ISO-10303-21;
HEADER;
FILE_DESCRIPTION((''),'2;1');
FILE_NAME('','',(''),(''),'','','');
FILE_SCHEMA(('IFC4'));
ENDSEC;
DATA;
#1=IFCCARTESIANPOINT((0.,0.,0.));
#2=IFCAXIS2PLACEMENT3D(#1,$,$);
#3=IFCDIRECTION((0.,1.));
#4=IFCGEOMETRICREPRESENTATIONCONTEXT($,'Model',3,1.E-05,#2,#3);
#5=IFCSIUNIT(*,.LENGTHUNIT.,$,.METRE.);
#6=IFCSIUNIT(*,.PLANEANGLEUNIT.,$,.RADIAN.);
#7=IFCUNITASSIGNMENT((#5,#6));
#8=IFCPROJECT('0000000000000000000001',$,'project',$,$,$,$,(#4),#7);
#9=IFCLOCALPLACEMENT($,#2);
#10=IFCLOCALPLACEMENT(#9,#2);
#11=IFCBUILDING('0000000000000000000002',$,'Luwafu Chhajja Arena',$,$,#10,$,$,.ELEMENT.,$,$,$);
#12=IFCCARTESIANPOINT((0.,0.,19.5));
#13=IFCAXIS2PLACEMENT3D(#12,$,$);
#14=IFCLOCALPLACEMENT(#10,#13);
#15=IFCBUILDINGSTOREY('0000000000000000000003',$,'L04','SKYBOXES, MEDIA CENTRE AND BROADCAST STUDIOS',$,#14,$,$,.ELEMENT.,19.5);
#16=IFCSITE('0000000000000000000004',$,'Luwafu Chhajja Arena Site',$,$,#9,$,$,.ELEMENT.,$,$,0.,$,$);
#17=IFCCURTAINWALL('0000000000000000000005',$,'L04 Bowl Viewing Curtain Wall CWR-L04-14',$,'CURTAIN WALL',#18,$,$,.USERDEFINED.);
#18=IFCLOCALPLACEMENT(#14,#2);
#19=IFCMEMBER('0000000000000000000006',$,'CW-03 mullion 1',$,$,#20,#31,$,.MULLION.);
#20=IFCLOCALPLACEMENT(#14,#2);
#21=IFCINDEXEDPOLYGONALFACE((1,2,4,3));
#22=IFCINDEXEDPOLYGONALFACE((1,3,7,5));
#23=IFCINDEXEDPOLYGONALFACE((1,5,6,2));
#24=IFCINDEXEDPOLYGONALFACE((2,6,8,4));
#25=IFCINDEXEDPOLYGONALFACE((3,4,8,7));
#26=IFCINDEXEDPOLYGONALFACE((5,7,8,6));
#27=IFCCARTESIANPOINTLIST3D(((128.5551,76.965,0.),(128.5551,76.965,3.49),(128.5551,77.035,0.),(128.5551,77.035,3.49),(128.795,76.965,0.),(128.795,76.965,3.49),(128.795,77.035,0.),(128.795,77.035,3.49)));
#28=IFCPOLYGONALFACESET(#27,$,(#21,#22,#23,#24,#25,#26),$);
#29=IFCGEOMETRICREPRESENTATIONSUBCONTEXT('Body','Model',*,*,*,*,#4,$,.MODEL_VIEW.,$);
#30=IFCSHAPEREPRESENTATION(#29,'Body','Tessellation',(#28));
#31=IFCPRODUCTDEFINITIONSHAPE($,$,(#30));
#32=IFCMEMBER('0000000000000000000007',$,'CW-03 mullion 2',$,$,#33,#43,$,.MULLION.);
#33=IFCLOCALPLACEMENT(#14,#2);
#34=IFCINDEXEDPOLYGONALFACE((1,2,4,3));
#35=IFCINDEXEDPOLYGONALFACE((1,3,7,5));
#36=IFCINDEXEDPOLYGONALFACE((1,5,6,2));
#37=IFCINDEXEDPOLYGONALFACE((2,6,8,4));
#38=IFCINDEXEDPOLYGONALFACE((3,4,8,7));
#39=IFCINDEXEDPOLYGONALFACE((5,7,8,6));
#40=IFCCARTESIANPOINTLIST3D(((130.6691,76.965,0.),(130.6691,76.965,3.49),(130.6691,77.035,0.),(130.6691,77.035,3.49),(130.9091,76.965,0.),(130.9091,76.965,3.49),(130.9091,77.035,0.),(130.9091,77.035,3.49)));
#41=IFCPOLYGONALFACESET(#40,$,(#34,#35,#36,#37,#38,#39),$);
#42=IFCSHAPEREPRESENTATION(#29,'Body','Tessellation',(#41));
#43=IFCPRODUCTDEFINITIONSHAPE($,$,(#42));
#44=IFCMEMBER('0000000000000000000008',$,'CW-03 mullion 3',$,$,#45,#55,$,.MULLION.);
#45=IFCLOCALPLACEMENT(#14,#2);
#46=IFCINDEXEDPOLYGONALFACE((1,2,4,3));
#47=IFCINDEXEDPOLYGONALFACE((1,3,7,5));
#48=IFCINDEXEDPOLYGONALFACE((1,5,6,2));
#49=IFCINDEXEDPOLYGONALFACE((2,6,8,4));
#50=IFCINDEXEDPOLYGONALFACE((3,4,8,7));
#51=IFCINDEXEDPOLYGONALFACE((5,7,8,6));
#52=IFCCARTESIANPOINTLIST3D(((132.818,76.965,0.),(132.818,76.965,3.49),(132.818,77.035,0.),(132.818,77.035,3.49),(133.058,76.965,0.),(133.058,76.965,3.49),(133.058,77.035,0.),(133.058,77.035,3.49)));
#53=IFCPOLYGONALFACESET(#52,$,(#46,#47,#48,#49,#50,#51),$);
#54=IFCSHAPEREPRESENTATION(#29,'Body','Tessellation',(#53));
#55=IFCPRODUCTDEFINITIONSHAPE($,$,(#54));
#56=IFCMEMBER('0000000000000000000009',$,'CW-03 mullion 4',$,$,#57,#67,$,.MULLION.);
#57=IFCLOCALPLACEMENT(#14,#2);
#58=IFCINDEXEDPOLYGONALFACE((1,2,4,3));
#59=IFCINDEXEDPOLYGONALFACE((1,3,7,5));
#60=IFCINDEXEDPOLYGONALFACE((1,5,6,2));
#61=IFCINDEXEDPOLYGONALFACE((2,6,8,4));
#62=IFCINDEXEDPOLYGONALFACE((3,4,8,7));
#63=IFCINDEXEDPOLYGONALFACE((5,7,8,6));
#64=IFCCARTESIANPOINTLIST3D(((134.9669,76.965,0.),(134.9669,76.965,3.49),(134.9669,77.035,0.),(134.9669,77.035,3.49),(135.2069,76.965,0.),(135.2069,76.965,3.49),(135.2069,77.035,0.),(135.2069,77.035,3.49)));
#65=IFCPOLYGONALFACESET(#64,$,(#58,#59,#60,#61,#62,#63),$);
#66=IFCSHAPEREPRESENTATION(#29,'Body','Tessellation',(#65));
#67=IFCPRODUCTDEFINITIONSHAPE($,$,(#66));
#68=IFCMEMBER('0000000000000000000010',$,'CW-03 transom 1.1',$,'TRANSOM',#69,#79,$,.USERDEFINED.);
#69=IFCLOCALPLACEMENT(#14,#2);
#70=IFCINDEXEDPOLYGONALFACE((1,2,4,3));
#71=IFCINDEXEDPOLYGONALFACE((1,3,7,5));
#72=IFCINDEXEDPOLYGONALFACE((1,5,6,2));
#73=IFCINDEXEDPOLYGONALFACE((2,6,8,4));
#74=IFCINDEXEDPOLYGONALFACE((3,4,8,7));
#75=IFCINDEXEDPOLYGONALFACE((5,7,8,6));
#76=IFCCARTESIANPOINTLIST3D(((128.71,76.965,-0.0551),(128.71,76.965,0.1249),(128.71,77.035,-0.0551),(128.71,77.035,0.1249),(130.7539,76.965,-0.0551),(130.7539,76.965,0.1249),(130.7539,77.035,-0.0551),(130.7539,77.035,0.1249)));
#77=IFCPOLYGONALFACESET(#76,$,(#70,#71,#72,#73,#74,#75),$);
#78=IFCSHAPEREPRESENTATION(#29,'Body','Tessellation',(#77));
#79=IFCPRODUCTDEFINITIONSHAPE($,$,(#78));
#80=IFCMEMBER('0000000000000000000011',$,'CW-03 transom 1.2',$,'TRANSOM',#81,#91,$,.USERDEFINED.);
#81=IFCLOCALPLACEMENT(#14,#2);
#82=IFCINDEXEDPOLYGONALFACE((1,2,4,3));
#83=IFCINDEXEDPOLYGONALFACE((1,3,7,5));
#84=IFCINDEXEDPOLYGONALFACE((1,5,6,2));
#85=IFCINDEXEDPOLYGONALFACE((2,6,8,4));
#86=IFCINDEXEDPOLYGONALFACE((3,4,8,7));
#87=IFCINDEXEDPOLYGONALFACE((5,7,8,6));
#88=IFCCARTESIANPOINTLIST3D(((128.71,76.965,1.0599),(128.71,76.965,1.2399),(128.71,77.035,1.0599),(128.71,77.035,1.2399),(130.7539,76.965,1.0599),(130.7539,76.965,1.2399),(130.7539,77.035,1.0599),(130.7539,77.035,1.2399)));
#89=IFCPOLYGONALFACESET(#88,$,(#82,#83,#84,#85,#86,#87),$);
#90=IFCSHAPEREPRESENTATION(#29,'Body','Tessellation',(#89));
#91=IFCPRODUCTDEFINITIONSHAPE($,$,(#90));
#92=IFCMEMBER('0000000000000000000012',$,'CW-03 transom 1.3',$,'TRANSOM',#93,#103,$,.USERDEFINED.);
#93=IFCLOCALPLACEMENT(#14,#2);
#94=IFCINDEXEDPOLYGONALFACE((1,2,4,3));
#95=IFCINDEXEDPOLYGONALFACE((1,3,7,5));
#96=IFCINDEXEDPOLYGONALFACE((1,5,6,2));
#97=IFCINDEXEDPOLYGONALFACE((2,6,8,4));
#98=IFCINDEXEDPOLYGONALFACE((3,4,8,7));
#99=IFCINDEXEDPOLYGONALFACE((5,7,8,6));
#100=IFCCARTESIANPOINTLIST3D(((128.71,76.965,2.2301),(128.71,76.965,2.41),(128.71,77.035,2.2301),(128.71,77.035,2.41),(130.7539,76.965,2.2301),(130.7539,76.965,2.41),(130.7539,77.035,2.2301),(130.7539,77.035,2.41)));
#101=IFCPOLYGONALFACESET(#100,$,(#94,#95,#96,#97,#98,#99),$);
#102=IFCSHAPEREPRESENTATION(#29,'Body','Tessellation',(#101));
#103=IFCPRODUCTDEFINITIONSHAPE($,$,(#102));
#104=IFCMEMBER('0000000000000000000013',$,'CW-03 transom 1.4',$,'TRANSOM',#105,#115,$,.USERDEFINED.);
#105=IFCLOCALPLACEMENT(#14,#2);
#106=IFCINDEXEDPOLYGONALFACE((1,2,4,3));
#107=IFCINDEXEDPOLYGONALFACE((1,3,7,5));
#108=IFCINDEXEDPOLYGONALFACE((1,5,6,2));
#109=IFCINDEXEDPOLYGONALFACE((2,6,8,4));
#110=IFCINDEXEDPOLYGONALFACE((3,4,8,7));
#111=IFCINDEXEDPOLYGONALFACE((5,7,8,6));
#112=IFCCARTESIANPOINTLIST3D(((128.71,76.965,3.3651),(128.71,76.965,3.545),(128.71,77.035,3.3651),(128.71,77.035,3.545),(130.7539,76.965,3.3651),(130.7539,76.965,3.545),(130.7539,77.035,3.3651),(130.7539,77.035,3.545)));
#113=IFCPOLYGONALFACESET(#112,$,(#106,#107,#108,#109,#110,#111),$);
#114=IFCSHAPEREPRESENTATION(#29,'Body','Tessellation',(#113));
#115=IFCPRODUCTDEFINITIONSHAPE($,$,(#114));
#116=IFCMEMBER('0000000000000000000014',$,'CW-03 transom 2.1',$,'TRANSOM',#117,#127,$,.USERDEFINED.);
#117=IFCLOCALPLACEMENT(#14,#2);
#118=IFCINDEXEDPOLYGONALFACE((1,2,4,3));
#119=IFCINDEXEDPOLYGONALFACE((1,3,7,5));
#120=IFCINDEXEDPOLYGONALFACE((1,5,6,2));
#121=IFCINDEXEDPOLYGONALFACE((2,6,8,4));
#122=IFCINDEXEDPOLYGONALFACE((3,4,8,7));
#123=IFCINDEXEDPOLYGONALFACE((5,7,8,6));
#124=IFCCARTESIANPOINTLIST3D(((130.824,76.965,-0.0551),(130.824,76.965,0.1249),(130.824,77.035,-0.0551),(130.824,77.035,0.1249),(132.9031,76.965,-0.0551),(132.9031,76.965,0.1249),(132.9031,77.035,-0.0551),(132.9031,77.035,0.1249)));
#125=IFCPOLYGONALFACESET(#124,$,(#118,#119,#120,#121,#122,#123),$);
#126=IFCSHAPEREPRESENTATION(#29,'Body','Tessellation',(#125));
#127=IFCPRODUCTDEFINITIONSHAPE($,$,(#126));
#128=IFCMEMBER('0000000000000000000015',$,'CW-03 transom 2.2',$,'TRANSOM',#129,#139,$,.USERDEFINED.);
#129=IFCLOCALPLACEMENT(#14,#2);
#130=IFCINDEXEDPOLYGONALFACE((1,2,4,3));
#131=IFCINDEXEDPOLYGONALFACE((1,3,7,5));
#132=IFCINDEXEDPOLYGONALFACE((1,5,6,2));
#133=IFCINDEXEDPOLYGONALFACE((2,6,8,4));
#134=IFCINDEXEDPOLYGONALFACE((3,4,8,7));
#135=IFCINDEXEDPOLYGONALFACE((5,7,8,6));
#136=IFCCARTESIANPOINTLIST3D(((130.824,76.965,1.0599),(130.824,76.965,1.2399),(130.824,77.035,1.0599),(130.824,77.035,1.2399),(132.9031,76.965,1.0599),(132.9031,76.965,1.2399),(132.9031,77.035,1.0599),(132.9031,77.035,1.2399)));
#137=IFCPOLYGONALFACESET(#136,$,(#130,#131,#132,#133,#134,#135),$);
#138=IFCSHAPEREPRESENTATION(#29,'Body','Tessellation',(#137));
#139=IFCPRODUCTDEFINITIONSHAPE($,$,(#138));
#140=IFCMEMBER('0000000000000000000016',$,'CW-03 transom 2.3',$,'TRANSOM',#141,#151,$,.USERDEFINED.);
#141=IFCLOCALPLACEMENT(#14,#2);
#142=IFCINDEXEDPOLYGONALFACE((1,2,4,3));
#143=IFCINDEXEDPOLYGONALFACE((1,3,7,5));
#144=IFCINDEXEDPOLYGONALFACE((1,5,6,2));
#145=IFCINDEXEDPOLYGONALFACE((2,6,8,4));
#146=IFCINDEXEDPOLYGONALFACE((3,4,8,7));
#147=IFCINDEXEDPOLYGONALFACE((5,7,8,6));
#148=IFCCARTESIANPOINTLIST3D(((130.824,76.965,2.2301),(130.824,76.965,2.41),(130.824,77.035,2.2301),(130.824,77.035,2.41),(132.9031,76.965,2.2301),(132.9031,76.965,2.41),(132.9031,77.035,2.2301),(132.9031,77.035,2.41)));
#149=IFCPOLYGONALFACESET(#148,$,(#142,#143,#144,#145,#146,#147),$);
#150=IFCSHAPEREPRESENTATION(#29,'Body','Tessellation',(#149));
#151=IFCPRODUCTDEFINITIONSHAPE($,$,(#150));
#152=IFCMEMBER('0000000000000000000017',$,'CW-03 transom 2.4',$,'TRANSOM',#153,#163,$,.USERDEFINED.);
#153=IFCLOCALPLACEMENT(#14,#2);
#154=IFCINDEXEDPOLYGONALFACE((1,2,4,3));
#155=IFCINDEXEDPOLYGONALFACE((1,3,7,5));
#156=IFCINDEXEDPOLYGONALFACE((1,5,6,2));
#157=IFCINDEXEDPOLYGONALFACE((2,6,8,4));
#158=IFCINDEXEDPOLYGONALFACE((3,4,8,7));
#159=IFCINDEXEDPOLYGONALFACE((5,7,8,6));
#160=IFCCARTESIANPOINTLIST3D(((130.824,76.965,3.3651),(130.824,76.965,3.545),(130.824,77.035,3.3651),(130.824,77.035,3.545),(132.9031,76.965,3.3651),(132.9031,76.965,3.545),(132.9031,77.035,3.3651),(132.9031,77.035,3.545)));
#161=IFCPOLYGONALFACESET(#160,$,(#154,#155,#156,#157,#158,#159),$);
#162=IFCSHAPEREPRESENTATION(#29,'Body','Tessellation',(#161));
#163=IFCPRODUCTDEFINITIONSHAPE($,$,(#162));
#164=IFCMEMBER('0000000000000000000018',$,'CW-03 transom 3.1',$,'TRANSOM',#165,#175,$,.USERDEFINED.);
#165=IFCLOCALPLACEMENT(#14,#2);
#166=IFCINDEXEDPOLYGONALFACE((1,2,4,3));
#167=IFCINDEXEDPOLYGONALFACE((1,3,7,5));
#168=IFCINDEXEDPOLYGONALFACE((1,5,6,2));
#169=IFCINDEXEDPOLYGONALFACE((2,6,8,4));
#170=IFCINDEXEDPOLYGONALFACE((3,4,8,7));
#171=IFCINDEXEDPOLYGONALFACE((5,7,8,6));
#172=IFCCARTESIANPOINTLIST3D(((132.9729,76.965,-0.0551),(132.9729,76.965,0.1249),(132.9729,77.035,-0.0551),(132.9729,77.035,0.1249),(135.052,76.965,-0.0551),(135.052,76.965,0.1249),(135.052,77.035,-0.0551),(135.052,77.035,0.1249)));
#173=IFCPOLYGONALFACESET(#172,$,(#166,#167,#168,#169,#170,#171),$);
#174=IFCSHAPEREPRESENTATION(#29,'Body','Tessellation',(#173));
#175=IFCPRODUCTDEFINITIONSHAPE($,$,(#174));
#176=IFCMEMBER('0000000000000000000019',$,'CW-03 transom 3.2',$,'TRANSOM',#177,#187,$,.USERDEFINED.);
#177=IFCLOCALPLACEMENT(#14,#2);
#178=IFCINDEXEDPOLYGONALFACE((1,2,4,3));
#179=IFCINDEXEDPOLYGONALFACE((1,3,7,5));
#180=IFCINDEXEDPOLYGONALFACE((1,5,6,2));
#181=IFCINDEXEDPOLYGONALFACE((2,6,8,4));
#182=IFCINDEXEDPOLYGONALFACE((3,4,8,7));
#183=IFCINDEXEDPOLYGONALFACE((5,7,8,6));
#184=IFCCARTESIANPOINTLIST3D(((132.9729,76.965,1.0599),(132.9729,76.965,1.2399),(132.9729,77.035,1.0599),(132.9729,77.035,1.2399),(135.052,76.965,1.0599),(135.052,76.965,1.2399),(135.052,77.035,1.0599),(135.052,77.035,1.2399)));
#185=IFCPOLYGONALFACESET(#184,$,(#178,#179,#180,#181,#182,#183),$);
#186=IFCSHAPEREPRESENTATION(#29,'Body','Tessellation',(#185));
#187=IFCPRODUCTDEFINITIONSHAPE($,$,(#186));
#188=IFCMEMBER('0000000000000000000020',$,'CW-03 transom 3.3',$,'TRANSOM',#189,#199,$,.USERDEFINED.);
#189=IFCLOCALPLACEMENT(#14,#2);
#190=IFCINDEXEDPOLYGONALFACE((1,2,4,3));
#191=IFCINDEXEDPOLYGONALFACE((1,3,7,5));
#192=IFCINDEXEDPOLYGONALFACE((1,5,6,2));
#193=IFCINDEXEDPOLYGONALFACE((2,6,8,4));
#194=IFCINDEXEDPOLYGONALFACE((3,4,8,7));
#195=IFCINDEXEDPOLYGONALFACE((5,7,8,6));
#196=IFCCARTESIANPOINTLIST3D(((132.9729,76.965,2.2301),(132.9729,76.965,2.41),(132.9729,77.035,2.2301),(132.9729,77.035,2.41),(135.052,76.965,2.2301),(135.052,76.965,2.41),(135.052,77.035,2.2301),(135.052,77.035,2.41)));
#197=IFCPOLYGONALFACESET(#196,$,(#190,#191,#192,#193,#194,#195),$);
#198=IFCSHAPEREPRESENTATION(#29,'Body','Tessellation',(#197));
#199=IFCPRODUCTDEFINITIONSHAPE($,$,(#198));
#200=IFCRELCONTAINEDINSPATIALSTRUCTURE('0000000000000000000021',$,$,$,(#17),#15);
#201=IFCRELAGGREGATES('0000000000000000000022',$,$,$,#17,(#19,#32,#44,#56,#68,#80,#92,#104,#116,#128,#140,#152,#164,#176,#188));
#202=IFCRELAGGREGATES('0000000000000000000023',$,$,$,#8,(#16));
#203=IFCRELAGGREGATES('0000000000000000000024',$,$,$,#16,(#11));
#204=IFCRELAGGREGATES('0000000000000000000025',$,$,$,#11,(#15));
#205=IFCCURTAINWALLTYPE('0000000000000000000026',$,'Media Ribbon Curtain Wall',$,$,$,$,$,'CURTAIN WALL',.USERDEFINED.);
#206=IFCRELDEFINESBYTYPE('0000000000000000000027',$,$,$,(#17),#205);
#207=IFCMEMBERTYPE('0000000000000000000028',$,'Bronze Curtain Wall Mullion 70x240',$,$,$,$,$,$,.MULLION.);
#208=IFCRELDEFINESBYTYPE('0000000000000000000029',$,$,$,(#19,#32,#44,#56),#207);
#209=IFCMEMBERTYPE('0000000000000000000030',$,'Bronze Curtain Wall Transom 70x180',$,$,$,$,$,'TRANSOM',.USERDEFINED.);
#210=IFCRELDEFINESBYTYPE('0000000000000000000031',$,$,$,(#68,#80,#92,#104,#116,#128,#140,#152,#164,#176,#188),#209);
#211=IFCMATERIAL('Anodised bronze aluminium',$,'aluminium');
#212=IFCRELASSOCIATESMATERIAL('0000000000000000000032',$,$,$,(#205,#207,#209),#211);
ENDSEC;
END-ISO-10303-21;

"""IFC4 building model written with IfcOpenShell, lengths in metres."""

from ifc_helpers import new_model, si_unit, direction, frame, origin, origin_2d, place, context, subcontext, project, spatial, rectangle, extrude, material, material_profile, profile_set, type_object, element, aggregate, save


model = new_model("IFC4")

# Units and contexts
model_context = context("Model", 3, precision=1e-05, world=origin(), true_north=direction((0.0, 1.0)))
body_context = subcontext(model_context, "Body", "Model", "MODEL_VIEW")
ifc_project = project(units=[si_unit("LENGTHUNIT", "METRE"), si_unit("PLANEANGLEUNIT", "RADIAN")], contexts=[model_context])

# Site, building, storey
site_placement = place(None, origin())
site = spatial("IfcSite", under=ifc_project, at=site_placement, Name="Luwafu Chhajja Arena Site", CompositionType="ELEMENT", RefElevation=0.0)
building_placement = place(site_placement, origin())
building = spatial("IfcBuilding", under=site, at=building_placement, Name="Luwafu Chhajja Arena", CompositionType="ELEMENT")
storey_placement = place(building_placement, frame((0.0, 0.0, 19.5)))
storey = spatial("IfcBuildingStorey", under=building, at=storey_placement, Name="L04", Description="SKYBOXES, MEDIA CENTRE AND BROADCAST STUDIOS", CompositionType="ELEMENT", Elevation=19.5)

# Curtain wall, members
ifc_material_1 = material(Name="Anodised bronze aluminium", Category="aluminium")
curtain_wall_type = type_object("IfcCurtainWallType", Name="Media Ribbon Curtain Wall", ElementType="CURTAIN WALL", PredefinedType="USERDEFINED", material=ifc_material_1)
curtain_wall_placement = place(storey_placement, origin())
curtain_wall = element("IfcCurtainWall", 1, at=curtain_wall_placement, inside=storey, type_object=curtain_wall_type, Name="L04 Bowl Viewing Curtain Wall CWR-L04-14", ObjectType="CURTAIN WALL", PredefinedType="USERDEFINED")
ifc_material_profile_1 = material_profile(ifc_material_1, rectangle(XDim=0.0701, YDim=0.24, at=origin_2d()), Name="CWM 70x240")
ifc_profile_set_1 = profile_set([ifc_material_profile_1], Name="Anodised bronze aluminium")
member_type_1 = type_object("IfcMemberType", Name="Bronze Curtain Wall Mullion 70x240", PredefinedType="MULLION", material=ifc_profile_set_1)
member_1_placement = place(storey_placement, frame((128.675, 77.0, 0.0), z_axis=(0.0, 0.0, 1.0), x_axis=(0.0, 1.0, 0.0)))
member_1 = element("IfcMember", 2, at=member_1_placement, type_object=member_type_1, Name="CW-03 mullion 1", PredefinedType="MULLION", context=body_context, shape_type="SweptSolid", body=[
    extrude(rectangle(XDim=0.0701, YDim=0.24, at=origin_2d()), origin(), (0.0, 0.0, 1.0), 3.49),
])
member_2_placement = place(storey_placement, frame((130.7891, 77.0, 0.0), z_axis=(0.0, 0.0, 1.0), x_axis=(0.0, 1.0, 0.0)))
member_2 = element("IfcMember", 3, at=member_2_placement, type_object=member_type_1, Name="CW-03 mullion 2", PredefinedType="MULLION", context=body_context, shape_type="SweptSolid", body=[
    extrude(rectangle(XDim=0.0701, YDim=0.24, at=origin_2d()), origin(), (0.0, 0.0, 1.0), 3.49),
])
member_3_placement = place(storey_placement, frame((132.938, 77.0, 0.0), z_axis=(0.0, 0.0, 1.0), x_axis=(0.0, 1.0, 0.0)))
member_3 = element("IfcMember", 4, at=member_3_placement, type_object=member_type_1, Name="CW-03 mullion 3", PredefinedType="MULLION", context=body_context, shape_type="SweptSolid", body=[
    extrude(rectangle(XDim=0.0701, YDim=0.24, at=origin_2d()), origin(), (0.0, 0.0, 1.0), 3.49),
])
member_4_placement = place(storey_placement, frame((135.0869, 77.0, 0.0), z_axis=(0.0, 0.0, 1.0), x_axis=(0.0, 1.0, 0.0)))
member_4 = element("IfcMember", 5, at=member_4_placement, type_object=member_type_1, Name="CW-03 mullion 4", PredefinedType="MULLION", context=body_context, shape_type="SweptSolid", body=[
    extrude(rectangle(XDim=0.0701, YDim=0.24, at=origin_2d()), origin(), (0.0, 0.0, 1.0), 3.49),
])
ifc_material_profile_2 = material_profile(ifc_material_1, rectangle(XDim=0.0701, YDim=0.1799, at=origin_2d()), Name="CWT 70x180")
ifc_profile_set_2 = profile_set([ifc_material_profile_2], Name="Anodised bronze aluminium")
member_type_2 = type_object("IfcMemberType", Name="Bronze Curtain Wall Transom 70x180", ElementType="TRANSOM", PredefinedType="USERDEFINED", material=ifc_profile_set_2)
member_5_placement = place(storey_placement, frame((128.71, 77.0, 0.0349), z_axis=(1.0, 0.0, 0.0), x_axis=(0.0, 1.0, 0.0)))
member_5 = element("IfcMember", 6, at=member_5_placement, type_object=member_type_2, Name="CW-03 transom 1.1", ObjectType="TRANSOM", PredefinedType="USERDEFINED", context=body_context, shape_type="SweptSolid", body=[
    extrude(rectangle(XDim=0.0701, YDim=0.1799, at=origin_2d()), origin(), (0.0, 0.0, 1.0), 2.0439),
])
member_6_placement = place(storey_placement, frame((128.71, 77.0, 1.1499), z_axis=(1.0, 0.0, 0.0), x_axis=(0.0, 1.0, 0.0)))
member_6 = element("IfcMember", 7, at=member_6_placement, type_object=member_type_2, Name="CW-03 transom 1.2", ObjectType="TRANSOM", PredefinedType="USERDEFINED", context=body_context, shape_type="SweptSolid", body=[
    extrude(rectangle(XDim=0.0701, YDim=0.1799, at=origin_2d()), origin(), (0.0, 0.0, 1.0), 2.0439),
])
member_7_placement = place(storey_placement, frame((128.71, 77.0, 2.3201), z_axis=(1.0, 0.0, 0.0), x_axis=(0.0, 1.0, 0.0)))
member_7 = element("IfcMember", 8, at=member_7_placement, type_object=member_type_2, Name="CW-03 transom 1.3", ObjectType="TRANSOM", PredefinedType="USERDEFINED", context=body_context, shape_type="SweptSolid", body=[
    extrude(rectangle(XDim=0.0701, YDim=0.1799, at=origin_2d()), origin(), (0.0, 0.0, 1.0), 2.0439),
])
member_8_placement = place(storey_placement, frame((128.71, 77.0, 3.4551), z_axis=(1.0, 0.0, 0.0), x_axis=(0.0, 1.0, 0.0)))
member_8 = element("IfcMember", 9, at=member_8_placement, type_object=member_type_2, Name="CW-03 transom 1.4", ObjectType="TRANSOM", PredefinedType="USERDEFINED", context=body_context, shape_type="SweptSolid", body=[
    extrude(rectangle(XDim=0.0701, YDim=0.1799, at=origin_2d()), origin(), (0.0, 0.0, 1.0), 2.0439),
])
member_9_placement = place(storey_placement, frame((130.824, 77.0, 0.0349), z_axis=(1.0, 0.0, 0.0), x_axis=(0.0, 1.0, 0.0)))
member_9 = element("IfcMember", 10, at=member_9_placement, type_object=member_type_2, Name="CW-03 transom 2.1", ObjectType="TRANSOM", PredefinedType="USERDEFINED", context=body_context, shape_type="SweptSolid", body=[
    extrude(rectangle(XDim=0.0701, YDim=0.1799, at=origin_2d()), origin(), (0.0, 0.0, 1.0), 2.0791),
])
member_10_placement = place(storey_placement, frame((130.824, 77.0, 1.1499), z_axis=(1.0, 0.0, 0.0), x_axis=(0.0, 1.0, 0.0)))
member_10 = element("IfcMember", 11, at=member_10_placement, type_object=member_type_2, Name="CW-03 transom 2.2", ObjectType="TRANSOM", PredefinedType="USERDEFINED", context=body_context, shape_type="SweptSolid", body=[
    extrude(rectangle(XDim=0.0701, YDim=0.1799, at=origin_2d()), origin(), (0.0, 0.0, 1.0), 2.0791),
])
member_11_placement = place(storey_placement, frame((130.824, 77.0, 2.3201), z_axis=(1.0, 0.0, 0.0), x_axis=(0.0, 1.0, 0.0)))
member_11 = element("IfcMember", 12, at=member_11_placement, type_object=member_type_2, Name="CW-03 transom 2.3", ObjectType="TRANSOM", PredefinedType="USERDEFINED", context=body_context, shape_type="SweptSolid", body=[
    extrude(rectangle(XDim=0.0701, YDim=0.1799, at=origin_2d()), origin(), (0.0, 0.0, 1.0), 2.0791),
])
member_12_placement = place(storey_placement, frame((130.824, 77.0, 3.4551), z_axis=(1.0, 0.0, 0.0), x_axis=(0.0, 1.0, 0.0)))
member_12 = element("IfcMember", 13, at=member_12_placement, type_object=member_type_2, Name="CW-03 transom 2.4", ObjectType="TRANSOM", PredefinedType="USERDEFINED", context=body_context, shape_type="SweptSolid", body=[
    extrude(rectangle(XDim=0.0701, YDim=0.1799, at=origin_2d()), origin(), (0.0, 0.0, 1.0), 2.0791),
])
member_13_placement = place(storey_placement, frame((132.9729, 77.0, 0.0349), z_axis=(1.0, 0.0, 0.0), x_axis=(0.0, 1.0, 0.0)))
member_13 = element("IfcMember", 14, at=member_13_placement, type_object=member_type_2, Name="CW-03 transom 3.1", ObjectType="TRANSOM", PredefinedType="USERDEFINED", context=body_context, shape_type="SweptSolid", body=[
    extrude(rectangle(XDim=0.0701, YDim=0.1799, at=origin_2d()), origin(), (0.0, 0.0, 1.0), 2.0791),
])
member_14_placement = place(storey_placement, frame((132.9729, 77.0, 1.1499), z_axis=(1.0, 0.0, 0.0), x_axis=(0.0, 1.0, 0.0)))
member_14 = element("IfcMember", 15, at=member_14_placement, type_object=member_type_2, Name="CW-03 transom 3.2", ObjectType="TRANSOM", PredefinedType="USERDEFINED", context=body_context, shape_type="SweptSolid", body=[
    extrude(rectangle(XDim=0.0701, YDim=0.1799, at=origin_2d()), origin(), (0.0, 0.0, 1.0), 2.0791),
])
member_15_placement = place(storey_placement, frame((132.9729, 77.0, 2.3201), z_axis=(1.0, 0.0, 0.0), x_axis=(0.0, 1.0, 0.0)))
member_15 = element("IfcMember", 16, at=member_15_placement, type_object=member_type_2, Name="CW-03 transom 3.3", ObjectType="TRANSOM", PredefinedType="USERDEFINED", context=body_context, shape_type="SweptSolid", body=[
    extrude(rectangle(XDim=0.0701, YDim=0.1799, at=origin_2d()), origin(), (0.0, 0.0, 1.0), 2.0791),
])
aggregate(curtain_wall, [member_1, member_2, member_3, member_4, member_5, member_6, member_7, member_8, member_9, member_10, member_11, member_12, member_13, member_14, member_15])

save(model, "model.ifc")
